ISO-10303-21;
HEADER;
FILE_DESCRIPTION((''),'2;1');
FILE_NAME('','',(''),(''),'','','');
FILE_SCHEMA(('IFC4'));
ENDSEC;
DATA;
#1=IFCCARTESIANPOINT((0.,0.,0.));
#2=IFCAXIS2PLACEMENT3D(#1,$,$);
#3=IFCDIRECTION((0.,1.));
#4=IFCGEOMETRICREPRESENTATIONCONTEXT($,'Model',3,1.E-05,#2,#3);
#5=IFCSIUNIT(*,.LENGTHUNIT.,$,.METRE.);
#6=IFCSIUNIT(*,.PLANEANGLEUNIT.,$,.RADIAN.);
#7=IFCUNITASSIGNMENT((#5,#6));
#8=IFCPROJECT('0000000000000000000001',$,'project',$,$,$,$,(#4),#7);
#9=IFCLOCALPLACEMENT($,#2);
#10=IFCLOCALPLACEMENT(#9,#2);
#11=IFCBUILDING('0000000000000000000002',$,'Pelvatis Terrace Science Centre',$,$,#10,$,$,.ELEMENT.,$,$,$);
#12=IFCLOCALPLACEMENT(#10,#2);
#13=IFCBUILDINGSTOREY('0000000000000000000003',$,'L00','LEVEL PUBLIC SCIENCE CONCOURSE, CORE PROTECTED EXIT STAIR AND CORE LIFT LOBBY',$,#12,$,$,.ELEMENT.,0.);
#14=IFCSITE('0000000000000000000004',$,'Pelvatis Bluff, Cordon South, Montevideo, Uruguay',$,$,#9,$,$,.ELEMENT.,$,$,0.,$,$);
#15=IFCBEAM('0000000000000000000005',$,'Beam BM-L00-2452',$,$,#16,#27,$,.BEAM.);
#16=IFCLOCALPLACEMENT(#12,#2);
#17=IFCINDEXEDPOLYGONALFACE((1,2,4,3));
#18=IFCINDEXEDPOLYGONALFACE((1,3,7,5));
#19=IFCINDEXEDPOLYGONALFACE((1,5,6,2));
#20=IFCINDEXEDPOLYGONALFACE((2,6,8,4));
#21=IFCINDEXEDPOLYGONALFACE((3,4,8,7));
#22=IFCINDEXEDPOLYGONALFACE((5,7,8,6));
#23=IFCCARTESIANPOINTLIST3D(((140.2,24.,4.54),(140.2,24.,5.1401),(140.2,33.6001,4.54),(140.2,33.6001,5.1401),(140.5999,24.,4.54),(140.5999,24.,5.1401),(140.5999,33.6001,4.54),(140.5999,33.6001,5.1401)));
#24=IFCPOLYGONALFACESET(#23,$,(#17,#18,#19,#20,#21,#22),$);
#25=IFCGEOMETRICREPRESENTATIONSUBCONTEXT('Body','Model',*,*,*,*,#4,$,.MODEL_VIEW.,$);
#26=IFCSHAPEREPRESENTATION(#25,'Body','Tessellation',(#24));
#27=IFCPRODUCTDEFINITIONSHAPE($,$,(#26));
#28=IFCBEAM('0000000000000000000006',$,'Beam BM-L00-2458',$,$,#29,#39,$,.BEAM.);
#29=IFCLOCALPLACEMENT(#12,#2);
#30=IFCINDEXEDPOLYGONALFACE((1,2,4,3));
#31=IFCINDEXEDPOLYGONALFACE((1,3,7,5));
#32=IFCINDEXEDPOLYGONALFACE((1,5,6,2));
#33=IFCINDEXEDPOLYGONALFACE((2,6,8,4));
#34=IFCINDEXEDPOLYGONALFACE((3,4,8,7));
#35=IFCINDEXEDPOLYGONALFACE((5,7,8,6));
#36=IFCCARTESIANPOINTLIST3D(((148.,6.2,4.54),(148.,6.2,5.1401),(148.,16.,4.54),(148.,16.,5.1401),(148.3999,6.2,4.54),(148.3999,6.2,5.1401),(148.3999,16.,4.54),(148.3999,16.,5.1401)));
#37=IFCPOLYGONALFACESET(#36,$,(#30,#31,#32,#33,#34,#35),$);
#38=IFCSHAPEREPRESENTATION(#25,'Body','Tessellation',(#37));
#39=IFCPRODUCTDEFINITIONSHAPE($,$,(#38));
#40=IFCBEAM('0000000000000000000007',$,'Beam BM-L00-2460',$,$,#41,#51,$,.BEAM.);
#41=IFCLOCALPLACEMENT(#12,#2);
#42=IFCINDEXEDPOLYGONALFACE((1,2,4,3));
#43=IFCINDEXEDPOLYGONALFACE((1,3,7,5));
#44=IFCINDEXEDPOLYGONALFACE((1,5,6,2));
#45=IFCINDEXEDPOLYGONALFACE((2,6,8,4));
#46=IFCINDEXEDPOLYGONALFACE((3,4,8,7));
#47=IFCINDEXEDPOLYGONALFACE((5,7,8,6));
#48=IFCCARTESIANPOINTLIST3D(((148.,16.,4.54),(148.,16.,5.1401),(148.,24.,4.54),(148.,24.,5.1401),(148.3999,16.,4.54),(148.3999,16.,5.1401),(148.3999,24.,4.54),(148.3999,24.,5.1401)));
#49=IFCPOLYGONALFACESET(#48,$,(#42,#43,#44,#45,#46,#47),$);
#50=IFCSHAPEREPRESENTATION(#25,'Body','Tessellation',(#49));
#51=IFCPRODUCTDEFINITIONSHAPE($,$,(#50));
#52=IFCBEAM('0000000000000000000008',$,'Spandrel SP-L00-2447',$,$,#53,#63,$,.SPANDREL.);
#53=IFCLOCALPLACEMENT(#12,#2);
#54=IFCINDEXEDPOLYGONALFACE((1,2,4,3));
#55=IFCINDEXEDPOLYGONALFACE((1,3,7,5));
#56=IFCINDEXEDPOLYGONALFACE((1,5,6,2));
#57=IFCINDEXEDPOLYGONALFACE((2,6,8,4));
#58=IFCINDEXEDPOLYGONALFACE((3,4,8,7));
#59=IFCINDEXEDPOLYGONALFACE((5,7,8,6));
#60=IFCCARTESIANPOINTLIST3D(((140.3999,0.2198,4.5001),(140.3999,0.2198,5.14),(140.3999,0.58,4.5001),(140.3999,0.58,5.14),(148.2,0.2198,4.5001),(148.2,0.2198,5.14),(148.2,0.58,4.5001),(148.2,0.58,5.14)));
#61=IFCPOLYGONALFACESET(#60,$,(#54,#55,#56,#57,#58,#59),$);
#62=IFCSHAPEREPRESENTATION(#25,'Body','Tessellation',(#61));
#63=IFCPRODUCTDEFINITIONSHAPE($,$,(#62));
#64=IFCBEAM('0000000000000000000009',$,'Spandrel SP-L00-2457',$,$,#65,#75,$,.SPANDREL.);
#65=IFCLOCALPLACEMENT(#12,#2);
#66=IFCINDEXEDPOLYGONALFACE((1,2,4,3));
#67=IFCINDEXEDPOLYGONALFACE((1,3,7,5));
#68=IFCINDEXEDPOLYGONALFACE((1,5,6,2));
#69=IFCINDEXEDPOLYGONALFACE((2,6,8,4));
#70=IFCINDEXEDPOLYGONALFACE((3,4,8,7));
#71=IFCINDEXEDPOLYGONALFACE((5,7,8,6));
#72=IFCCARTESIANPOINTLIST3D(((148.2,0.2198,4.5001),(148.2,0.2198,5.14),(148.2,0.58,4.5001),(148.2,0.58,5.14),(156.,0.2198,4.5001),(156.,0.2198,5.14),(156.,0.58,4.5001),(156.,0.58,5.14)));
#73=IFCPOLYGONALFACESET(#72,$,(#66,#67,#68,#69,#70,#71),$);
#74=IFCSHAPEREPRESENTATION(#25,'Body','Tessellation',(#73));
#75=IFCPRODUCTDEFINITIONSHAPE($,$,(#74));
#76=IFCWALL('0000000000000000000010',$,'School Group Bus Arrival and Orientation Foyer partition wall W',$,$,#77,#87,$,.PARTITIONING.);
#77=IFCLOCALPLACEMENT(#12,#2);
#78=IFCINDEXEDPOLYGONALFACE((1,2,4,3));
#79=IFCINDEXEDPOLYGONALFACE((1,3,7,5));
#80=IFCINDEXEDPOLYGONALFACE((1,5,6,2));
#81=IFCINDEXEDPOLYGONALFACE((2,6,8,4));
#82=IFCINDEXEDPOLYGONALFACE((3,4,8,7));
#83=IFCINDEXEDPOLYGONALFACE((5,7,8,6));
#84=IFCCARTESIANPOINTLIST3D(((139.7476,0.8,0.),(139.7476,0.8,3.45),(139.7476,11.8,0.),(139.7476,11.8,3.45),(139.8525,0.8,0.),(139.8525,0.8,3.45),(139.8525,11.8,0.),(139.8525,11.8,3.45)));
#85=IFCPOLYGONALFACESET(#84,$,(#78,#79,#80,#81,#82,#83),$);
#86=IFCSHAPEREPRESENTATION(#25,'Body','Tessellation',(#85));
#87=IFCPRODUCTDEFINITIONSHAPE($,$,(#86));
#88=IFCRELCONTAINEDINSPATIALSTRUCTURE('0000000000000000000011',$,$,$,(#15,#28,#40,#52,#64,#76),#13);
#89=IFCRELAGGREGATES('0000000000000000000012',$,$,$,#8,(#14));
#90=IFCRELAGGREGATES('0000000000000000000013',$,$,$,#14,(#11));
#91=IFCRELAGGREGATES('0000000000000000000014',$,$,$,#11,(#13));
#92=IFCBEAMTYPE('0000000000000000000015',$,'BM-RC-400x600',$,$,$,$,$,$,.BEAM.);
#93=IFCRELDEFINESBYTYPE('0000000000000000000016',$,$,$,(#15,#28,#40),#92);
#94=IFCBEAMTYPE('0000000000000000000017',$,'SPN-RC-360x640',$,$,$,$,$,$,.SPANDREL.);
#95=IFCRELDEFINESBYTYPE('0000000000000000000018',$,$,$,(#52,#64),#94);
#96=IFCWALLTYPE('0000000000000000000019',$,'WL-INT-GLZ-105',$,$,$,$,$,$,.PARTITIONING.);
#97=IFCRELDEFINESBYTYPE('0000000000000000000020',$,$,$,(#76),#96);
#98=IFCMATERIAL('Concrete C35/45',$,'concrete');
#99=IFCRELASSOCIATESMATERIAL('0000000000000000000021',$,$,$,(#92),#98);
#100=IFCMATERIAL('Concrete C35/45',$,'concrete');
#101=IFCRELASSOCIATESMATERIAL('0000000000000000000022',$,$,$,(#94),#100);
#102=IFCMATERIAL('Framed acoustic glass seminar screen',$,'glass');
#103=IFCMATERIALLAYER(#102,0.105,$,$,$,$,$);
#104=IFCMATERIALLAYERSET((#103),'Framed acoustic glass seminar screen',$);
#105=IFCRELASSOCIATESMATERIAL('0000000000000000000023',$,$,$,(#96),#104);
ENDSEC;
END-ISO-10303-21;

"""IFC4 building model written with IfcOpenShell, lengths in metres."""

from ifc_helpers import new_model, si_unit, direction, frame, frame_2d, origin, origin_2d, place, context, subcontext, project, spatial, rectangle, extrude, material, layer, layer_set, material_profile, profile_set, type_object, element, save


model = new_model("IFC4")

# Units and contexts
model_context = context("Model", 3, precision=1e-05, world=origin(), true_north=direction((0.0, 1.0)))
body_context = subcontext(model_context, "Body", "Model", "MODEL_VIEW")
ifc_project = project(units=[si_unit("LENGTHUNIT", "METRE"), si_unit("PLANEANGLEUNIT", "RADIAN")], contexts=[model_context])

# Site, building, storey
site_placement = place(None, origin())
site = spatial("IfcSite", under=ifc_project, at=site_placement, Name="Pelvatis Bluff, Cordon South, Montevideo, Uruguay", CompositionType="ELEMENT", RefElevation=0.0)
building_placement = place(site_placement, origin())
building = spatial("IfcBuilding", under=site, at=building_placement, Name="Pelvatis Terrace Science Centre", CompositionType="ELEMENT")
storey_placement = place(building_placement, origin())
storey = spatial("IfcBuildingStorey", under=building, at=storey_placement, Name="L00", Description="LEVEL PUBLIC SCIENCE CONCOURSE, CORE PROTECTED EXIT STAIR AND CORE LIFT LOBBY", CompositionType="ELEMENT", Elevation=0.0)

# Beams
ifc_material_1 = material(Name="Concrete C35/45", Category="concrete")
ifc_material_profile_1 = material_profile(ifc_material_1, rectangle(XDim=0.3999, YDim=0.6001, at=origin_2d()), Name="RC-BM 400x600")
ifc_profile_set_1 = profile_set([ifc_material_profile_1], Name="Concrete C35/45")
beam_type_1 = type_object("IfcBeamType", Name="BM-RC-400x600", PredefinedType="BEAM", material=ifc_profile_set_1)
beam_1_placement = place(storey_placement, frame((140.3999, 24.0, 4.8401), z_axis=(0.0, 1.0, 0.0), x_axis=(-1.0, 0.0, 0.0)))
element("IfcBeam", 1, at=beam_1_placement, inside=storey, type_object=beam_type_1, Name="Beam BM-L00-2452", PredefinedType="BEAM", context=body_context, shape_type="SweptSolid", body=[
    extrude(rectangle(XDim=0.3999, YDim=0.6001, at=origin_2d()), origin(), (0.0, 0.0, 1.0), 9.6001),
])
beam_2_placement = place(storey_placement, frame((148.2, 6.2, 4.8401), z_axis=(0.0, 1.0, 0.0), x_axis=(-1.0, 0.0, 0.0)))
element("IfcBeam", 2, at=beam_2_placement, inside=storey, type_object=beam_type_1, Name="Beam BM-L00-2458", PredefinedType="BEAM", context=body_context, shape_type="SweptSolid", body=[
    extrude(rectangle(XDim=0.3999, YDim=0.6001, at=origin_2d()), origin(), (0.0, 0.0, 1.0), 9.8),
])
beam_3_placement = place(storey_placement, frame((148.2, 16.0, 4.8401), z_axis=(0.0, 1.0, 0.0), x_axis=(-1.0, 0.0, 0.0)))
element("IfcBeam", 3, at=beam_3_placement, inside=storey, type_object=beam_type_1, Name="Beam BM-L00-2460", PredefinedType="BEAM", context=body_context, shape_type="SweptSolid", body=[
    extrude(rectangle(XDim=0.3999, YDim=0.6001, at=origin_2d()), origin(), (0.0, 0.0, 1.0), 8.0),
])
ifc_material_2 = material(Name="Concrete C35/45", Category="concrete")
ifc_material_profile_2 = material_profile(ifc_material_2, rectangle(XDim=0.3601, YDim=0.6399, at=origin_2d()), Name="RC-SPN 360x640")
ifc_profile_set_2 = profile_set([ifc_material_profile_2], Name="Concrete C35/45")
beam_type_2 = type_object("IfcBeamType", Name="SPN-RC-360x640", PredefinedType="SPANDREL", material=ifc_profile_set_2)
for number, where, z_axis, x_axis, name in (
    (4, (140.3999, 0.3999, 4.8201), (1.0, 0.0, 0.0), (0.0, 1.0, 0.0), "Spandrel SP-L00-2447"),
    (5, (148.2, 0.3999, 4.8201), (1.0, 0.0, 0.0), (0.0, 1.0, 0.0), "Spandrel SP-L00-2457"),
):
    element("IfcBeam", number, at=place(storey_placement, frame(where, z_axis=z_axis, x_axis=x_axis)), inside=storey, type_object=beam_type_2, Name=name, PredefinedType="SPANDREL", context=body_context, shape_type="SweptSolid", body=[
        extrude(rectangle(XDim=0.3601, YDim=0.6399, at=origin_2d()), origin(), (0.0, 0.0, 1.0), 7.8),
    ])

# Wall
ifc_material_3 = material(Name="Framed acoustic glass seminar screen", Category="glass")
ifc_layer = layer(ifc_material_3, 0.105)
ifc_layer_set = layer_set([ifc_layer], Name="Framed acoustic glass seminar screen")
wall_type = type_object("IfcWallType", Name="WL-INT-GLZ-105", PredefinedType="PARTITIONING", material=ifc_layer_set)
wall_placement = place(storey_placement, frame((139.8, 11.8, 0.0), z_axis=(0.0, 0.0, 1.0), x_axis=(0.0, -1.0, 0.0)))
element("IfcWall", 6, at=wall_placement, inside=storey, type_object=wall_type, Name="School Group Bus Arrival and Orientation Foyer partition wall W", PredefinedType="PARTITIONING", context=body_context, shape_type="SweptSolid", body=[
    extrude(rectangle(XDim=11.0, YDim=0.105, at=frame_2d((5.5, 0.0))), origin(), (0.0, 0.0, 1.0), 3.45),
])

save(model, "model.ifc")
